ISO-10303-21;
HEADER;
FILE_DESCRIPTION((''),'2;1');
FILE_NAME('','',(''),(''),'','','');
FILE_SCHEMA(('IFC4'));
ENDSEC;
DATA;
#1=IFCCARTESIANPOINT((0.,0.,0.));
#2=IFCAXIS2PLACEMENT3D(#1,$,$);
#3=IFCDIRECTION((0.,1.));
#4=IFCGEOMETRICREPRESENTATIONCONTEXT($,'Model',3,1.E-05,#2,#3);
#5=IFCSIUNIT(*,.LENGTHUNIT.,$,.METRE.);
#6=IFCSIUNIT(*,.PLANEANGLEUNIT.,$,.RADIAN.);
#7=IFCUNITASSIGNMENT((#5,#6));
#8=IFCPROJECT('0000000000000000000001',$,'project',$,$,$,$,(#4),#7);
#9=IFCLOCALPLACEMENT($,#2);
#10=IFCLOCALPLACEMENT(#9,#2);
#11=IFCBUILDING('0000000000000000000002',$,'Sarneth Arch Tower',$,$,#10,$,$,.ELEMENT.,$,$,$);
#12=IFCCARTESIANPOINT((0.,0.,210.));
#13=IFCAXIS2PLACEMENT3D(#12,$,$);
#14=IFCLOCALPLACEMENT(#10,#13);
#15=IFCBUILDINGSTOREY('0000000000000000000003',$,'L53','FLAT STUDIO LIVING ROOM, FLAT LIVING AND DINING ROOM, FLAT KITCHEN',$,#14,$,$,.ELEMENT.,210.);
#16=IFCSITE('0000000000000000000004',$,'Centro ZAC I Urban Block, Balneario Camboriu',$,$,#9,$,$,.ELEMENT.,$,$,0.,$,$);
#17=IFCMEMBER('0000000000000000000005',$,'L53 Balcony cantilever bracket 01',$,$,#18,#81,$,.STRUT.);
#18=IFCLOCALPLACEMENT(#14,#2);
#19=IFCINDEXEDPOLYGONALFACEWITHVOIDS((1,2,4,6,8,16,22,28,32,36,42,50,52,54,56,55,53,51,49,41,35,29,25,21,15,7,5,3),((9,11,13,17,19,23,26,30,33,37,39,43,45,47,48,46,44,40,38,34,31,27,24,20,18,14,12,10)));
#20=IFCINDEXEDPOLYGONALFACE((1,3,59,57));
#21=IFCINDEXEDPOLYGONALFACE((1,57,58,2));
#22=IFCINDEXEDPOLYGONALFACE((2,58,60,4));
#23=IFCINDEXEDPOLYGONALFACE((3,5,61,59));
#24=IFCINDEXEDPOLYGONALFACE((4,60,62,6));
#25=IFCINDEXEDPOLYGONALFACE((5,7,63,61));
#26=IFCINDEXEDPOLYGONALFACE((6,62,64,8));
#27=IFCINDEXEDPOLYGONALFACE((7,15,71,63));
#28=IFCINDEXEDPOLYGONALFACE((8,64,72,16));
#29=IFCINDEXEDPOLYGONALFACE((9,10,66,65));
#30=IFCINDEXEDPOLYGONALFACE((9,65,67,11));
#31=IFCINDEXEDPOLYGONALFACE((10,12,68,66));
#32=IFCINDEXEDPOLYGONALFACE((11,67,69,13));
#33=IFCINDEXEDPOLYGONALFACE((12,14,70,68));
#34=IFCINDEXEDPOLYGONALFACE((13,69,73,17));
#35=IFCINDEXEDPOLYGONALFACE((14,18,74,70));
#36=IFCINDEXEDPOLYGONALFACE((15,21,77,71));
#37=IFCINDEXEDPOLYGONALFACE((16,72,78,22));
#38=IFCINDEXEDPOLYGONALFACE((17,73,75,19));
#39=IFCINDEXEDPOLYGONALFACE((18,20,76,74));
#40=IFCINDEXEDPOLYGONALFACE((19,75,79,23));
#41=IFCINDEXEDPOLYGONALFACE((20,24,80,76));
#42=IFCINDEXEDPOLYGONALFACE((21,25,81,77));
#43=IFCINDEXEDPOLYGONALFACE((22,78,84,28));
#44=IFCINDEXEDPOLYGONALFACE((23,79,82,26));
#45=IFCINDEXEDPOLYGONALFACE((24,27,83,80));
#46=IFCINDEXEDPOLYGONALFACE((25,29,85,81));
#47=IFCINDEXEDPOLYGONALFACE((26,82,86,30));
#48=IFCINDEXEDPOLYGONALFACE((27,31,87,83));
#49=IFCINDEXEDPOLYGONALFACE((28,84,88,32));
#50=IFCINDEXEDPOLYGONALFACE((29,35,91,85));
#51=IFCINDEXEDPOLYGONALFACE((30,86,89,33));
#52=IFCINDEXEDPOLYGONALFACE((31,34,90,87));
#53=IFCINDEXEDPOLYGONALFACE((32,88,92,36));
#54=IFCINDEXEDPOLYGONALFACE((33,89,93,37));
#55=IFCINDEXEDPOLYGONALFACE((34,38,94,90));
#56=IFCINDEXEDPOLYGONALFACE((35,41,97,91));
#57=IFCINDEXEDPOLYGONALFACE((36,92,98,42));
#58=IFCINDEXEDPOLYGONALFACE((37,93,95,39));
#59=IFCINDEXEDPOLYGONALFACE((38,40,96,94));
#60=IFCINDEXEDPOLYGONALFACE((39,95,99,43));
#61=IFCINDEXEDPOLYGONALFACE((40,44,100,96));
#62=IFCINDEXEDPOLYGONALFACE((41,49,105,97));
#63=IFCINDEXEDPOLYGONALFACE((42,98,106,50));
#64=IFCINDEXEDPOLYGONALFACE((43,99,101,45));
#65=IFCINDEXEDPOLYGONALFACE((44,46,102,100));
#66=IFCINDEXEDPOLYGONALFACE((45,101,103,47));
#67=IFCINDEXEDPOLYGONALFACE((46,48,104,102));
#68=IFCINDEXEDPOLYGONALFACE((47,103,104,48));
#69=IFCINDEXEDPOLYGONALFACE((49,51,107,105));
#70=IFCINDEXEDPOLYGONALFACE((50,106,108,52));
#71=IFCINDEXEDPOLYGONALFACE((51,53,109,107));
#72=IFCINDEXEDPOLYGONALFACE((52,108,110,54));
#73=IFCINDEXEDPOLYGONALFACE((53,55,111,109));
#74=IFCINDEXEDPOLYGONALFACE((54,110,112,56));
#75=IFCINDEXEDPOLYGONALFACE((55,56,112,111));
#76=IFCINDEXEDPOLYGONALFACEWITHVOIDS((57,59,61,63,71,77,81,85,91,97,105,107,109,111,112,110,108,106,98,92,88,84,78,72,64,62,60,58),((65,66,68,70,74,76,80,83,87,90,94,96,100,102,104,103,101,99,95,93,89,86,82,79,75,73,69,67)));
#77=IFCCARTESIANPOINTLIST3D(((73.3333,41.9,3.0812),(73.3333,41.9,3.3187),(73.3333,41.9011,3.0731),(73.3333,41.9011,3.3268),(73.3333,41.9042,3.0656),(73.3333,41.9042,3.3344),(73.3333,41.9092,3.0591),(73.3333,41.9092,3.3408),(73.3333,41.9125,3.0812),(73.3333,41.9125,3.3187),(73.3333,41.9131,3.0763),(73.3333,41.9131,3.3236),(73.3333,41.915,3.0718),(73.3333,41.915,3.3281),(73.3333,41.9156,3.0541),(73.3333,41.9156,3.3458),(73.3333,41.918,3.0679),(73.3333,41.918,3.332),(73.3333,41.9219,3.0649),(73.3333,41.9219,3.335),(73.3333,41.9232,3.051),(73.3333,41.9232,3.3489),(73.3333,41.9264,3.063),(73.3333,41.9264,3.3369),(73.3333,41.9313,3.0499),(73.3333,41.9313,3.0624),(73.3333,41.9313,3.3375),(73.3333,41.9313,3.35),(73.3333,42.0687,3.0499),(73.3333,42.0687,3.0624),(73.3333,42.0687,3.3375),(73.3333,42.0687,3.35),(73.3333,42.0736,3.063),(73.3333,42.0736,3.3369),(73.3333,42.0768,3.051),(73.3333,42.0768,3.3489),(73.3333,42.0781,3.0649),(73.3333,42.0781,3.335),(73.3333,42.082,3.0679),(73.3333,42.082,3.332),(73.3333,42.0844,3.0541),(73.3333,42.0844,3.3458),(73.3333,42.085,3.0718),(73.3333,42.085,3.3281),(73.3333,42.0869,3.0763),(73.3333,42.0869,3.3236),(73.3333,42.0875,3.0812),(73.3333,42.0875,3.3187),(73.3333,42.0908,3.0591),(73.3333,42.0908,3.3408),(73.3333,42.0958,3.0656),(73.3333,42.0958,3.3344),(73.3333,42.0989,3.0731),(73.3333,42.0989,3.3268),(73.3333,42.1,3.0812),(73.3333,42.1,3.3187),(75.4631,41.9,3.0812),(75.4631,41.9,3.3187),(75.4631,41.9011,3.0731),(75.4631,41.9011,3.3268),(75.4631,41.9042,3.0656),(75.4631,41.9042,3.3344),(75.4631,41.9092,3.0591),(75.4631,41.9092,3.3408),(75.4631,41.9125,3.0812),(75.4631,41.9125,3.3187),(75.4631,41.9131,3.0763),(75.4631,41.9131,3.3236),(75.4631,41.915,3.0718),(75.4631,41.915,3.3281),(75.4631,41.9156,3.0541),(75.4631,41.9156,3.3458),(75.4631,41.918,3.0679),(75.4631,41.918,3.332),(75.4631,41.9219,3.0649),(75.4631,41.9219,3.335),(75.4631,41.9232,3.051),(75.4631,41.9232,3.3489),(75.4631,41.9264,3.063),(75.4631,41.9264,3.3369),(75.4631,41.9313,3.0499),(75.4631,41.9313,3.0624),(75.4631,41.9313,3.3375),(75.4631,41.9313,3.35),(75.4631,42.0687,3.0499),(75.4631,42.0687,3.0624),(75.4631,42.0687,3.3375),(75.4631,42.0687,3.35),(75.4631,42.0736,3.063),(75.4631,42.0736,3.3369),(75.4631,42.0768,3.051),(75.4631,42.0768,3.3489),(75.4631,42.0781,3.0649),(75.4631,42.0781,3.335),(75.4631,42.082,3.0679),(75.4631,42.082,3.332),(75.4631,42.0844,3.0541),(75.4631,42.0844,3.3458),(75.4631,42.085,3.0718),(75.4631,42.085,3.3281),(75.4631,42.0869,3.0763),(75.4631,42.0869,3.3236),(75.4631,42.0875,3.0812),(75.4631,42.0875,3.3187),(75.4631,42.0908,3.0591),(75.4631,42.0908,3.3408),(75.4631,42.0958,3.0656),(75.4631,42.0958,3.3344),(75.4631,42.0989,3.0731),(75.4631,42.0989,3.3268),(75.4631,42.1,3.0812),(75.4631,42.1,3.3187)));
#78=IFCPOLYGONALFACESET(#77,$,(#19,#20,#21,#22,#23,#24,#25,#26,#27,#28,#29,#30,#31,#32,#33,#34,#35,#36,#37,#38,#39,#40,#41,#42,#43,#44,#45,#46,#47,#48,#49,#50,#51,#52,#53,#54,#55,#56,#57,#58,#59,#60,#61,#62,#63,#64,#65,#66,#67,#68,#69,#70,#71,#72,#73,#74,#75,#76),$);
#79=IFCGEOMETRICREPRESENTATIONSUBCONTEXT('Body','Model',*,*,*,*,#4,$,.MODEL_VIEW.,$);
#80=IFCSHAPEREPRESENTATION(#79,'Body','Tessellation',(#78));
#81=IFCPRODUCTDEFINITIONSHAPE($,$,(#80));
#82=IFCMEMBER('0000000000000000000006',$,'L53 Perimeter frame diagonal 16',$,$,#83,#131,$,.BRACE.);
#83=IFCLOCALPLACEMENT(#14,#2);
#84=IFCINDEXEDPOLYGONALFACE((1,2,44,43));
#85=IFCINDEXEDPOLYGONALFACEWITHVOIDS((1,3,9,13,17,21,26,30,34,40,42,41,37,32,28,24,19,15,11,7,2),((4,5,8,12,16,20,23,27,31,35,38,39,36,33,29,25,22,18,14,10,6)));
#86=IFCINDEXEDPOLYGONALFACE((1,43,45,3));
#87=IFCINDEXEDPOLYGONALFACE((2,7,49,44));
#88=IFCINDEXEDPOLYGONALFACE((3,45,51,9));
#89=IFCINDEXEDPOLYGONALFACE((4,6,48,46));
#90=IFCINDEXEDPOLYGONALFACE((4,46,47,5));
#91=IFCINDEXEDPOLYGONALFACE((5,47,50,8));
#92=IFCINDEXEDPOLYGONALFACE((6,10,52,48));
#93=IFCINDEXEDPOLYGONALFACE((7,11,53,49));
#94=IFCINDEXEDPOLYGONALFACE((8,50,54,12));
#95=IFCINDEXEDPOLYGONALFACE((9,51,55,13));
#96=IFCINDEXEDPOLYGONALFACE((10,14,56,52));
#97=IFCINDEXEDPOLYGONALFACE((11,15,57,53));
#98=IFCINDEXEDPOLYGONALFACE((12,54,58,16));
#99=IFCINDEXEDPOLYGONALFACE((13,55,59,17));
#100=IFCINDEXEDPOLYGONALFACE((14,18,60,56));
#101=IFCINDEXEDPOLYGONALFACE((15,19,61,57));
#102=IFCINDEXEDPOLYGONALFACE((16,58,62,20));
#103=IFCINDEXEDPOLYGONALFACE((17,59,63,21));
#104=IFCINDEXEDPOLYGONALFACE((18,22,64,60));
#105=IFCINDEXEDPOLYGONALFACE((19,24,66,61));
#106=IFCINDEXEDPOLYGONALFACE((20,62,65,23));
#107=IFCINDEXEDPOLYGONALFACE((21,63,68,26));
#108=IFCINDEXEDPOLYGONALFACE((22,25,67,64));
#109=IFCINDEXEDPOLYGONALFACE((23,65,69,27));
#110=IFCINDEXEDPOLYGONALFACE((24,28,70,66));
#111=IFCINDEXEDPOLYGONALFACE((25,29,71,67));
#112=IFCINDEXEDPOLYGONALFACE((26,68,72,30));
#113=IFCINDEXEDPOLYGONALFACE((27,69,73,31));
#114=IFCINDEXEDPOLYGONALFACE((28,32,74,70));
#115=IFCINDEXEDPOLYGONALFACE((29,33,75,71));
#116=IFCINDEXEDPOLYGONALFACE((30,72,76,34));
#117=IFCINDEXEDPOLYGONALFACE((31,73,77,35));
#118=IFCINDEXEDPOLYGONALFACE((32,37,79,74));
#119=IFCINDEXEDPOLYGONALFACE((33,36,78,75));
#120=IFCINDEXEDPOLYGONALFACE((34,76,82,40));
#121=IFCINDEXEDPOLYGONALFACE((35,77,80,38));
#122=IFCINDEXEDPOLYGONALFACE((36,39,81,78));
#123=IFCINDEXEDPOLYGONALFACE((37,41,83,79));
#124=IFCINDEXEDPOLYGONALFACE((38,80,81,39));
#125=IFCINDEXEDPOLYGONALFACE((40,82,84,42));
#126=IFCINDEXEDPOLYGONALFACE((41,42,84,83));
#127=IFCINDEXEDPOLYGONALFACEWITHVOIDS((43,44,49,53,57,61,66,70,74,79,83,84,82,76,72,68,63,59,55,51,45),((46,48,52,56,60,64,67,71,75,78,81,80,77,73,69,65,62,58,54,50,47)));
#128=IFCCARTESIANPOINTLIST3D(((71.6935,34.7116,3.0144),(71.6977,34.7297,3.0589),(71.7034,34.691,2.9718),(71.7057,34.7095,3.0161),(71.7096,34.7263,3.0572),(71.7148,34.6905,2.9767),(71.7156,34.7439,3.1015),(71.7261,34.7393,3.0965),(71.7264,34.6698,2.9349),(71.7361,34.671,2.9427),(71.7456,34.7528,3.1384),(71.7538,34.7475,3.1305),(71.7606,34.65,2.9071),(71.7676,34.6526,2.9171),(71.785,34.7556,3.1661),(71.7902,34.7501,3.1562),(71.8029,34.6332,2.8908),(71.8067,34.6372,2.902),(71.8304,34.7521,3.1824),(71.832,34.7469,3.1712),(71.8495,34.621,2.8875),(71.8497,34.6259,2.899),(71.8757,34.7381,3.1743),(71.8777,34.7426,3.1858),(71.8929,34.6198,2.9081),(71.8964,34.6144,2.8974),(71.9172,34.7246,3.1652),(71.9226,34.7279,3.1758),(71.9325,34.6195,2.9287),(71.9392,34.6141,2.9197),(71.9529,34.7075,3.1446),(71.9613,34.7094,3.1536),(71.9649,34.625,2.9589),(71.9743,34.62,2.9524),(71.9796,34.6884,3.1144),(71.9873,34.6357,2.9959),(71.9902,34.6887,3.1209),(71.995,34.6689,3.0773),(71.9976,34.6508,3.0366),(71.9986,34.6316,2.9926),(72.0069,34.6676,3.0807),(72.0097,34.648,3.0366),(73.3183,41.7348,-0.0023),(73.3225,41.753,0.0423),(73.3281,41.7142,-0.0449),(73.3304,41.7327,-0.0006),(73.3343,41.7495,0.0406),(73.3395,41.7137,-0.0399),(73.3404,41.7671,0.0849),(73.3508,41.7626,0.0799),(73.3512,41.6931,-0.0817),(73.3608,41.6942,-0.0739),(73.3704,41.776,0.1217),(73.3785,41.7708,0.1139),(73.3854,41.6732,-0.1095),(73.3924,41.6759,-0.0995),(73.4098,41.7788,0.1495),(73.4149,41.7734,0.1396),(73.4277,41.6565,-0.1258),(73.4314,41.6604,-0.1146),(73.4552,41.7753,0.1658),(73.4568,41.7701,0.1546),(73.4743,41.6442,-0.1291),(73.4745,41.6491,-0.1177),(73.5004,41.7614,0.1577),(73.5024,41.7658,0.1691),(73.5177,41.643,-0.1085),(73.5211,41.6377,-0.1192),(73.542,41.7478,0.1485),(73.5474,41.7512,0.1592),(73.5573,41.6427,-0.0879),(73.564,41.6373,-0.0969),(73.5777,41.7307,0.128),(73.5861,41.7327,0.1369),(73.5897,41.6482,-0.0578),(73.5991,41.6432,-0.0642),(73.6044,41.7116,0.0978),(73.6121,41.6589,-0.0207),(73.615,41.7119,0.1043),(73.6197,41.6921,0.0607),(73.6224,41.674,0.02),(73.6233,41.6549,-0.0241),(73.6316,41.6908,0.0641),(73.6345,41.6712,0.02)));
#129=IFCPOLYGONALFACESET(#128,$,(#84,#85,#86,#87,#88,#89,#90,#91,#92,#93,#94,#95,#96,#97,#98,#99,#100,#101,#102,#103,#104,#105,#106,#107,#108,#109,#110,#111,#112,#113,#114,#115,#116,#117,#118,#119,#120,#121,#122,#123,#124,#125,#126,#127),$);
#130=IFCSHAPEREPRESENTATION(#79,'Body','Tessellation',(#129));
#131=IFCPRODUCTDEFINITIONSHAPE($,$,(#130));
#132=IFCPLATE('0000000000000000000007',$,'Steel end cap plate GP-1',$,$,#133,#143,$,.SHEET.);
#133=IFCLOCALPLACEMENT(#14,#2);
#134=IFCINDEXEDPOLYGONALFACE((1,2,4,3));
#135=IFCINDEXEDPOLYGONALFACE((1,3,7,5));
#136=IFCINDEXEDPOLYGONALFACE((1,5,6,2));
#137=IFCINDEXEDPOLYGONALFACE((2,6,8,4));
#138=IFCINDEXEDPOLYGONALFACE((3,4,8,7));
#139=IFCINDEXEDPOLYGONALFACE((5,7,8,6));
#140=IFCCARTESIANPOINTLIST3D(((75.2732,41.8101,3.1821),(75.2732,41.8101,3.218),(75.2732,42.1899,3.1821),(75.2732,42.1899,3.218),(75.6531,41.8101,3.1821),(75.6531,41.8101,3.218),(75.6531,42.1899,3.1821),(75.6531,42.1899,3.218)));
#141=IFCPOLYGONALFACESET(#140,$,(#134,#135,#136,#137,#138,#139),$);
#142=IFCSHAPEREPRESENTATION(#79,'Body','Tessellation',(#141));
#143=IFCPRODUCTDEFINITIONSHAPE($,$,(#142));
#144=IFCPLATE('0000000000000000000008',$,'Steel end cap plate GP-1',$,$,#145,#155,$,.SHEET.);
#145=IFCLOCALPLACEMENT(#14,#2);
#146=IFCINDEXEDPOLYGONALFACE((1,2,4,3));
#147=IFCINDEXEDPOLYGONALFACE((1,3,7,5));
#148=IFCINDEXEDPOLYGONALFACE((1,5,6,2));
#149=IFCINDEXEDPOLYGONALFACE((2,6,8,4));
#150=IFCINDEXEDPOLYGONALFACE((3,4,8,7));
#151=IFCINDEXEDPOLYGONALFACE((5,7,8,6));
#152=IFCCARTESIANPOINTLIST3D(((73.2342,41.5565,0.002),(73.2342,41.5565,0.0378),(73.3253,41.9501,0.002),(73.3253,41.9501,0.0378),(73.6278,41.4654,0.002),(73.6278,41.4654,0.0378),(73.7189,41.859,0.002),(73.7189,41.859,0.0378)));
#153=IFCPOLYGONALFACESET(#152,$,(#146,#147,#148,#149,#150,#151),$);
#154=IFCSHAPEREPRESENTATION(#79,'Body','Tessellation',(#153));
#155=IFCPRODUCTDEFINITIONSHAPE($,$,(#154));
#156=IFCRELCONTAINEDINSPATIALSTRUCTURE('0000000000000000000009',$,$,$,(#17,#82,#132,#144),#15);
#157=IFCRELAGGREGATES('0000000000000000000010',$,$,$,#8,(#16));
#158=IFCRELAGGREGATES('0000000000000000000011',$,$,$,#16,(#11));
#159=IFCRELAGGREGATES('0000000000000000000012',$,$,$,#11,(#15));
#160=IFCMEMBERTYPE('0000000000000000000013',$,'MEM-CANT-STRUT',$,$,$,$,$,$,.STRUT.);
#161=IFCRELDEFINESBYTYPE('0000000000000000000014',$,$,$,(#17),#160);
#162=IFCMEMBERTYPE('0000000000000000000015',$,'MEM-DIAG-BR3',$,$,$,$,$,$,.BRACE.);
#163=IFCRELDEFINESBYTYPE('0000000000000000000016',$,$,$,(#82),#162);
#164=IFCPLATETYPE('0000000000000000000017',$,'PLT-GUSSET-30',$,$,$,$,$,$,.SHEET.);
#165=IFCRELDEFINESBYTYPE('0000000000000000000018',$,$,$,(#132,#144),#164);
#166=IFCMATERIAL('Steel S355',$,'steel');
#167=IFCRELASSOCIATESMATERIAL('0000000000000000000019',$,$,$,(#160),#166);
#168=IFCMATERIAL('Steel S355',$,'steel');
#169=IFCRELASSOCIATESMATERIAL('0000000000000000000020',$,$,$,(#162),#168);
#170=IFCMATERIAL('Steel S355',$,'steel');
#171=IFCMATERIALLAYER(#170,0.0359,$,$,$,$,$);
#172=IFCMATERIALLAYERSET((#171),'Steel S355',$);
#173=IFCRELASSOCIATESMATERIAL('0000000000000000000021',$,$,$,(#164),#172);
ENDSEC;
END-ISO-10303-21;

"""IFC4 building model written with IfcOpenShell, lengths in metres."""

from ifc_helpers import new_model, si_unit, direction, frame, origin, origin_2d, place, context, subcontext, project, spatial, rectangle, hollow_rectangle, hollow_circle, extrude, material, layer, layer_set, material_profile, profile_set, type_object, element, save


model = new_model("IFC4")

# Units and contexts
model_context = context("Model", 3, precision=1e-05, world=origin(), true_north=direction((0.0, 1.0)))
body_context = subcontext(model_context, "Body", "Model", "MODEL_VIEW")
ifc_project = project(units=[si_unit("LENGTHUNIT", "METRE"), si_unit("PLANEANGLEUNIT", "RADIAN")], contexts=[model_context])

# Site, building, storey
site_placement = place(None, origin())
site = spatial("IfcSite", under=ifc_project, at=site_placement, Name="Centro ZAC I Urban Block, Balneario Camboriu", CompositionType="ELEMENT", RefElevation=0.0)
building_placement = place(site_placement, origin())
building = spatial("IfcBuilding", under=site, at=building_placement, Name="Sarneth Arch Tower", CompositionType="ELEMENT")
storey_placement = place(building_placement, frame((0.0, 0.0, 210.0)))
storey = spatial("IfcBuildingStorey", under=building, at=storey_placement, Name="L53", Description="FLAT STUDIO LIVING ROOM, FLAT LIVING AND DINING ROOM, FLAT KITCHEN", CompositionType="ELEMENT", Elevation=210.0)

# Members
ifc_material_1 = material(Name="Steel S355", Category="steel")
ifc_material_profile_1 = material_profile(ifc_material_1, hollow_rectangle(XDim=0.2, YDim=0.3, WallThickness=0.0125, InnerFilletRadius=0.0188, OuterFilletRadius=0.0312, at=origin_2d()), Name="RHS300x200x12.5")
ifc_profile_set_1 = profile_set([ifc_material_profile_1], Name="Steel S355")
member_type_1 = type_object("IfcMemberType", Name="MEM-CANT-STRUT", PredefinedType="STRUT", material=ifc_profile_set_1)
member_1_placement = place(storey_placement, frame((73.3333, 42.0, 3.2), z_axis=(1.0, 0.0, 0.0), x_axis=(0.0, 1.0, 0.0)))
element("IfcMember", 1, at=member_1_placement, inside=storey, type_object=member_type_1, Name="L53 Balcony cantilever bracket 01", PredefinedType="STRUT", context=body_context, shape_type="SweptSolid", body=[
    extrude(hollow_rectangle(XDim=0.2, YDim=0.3, WallThickness=0.0125, InnerFilletRadius=0.0188, OuterFilletRadius=0.0312, at=origin_2d()), origin(), (0.0, 0.0, 1.0), 2.1299),
])
ifc_material_2 = material(Name="Steel S355", Category="steel")
ifc_material_profile_2 = material_profile(ifc_material_2, hollow_circle(Radius=0.1621, WallThickness=0.0125, at=origin_2d()), Name="CHS324x12.5")
ifc_profile_set_2 = profile_set([ifc_material_profile_2], Name="Steel S355")
member_type_2 = type_object("IfcMemberType", Name="MEM-DIAG-BR3", PredefinedType="BRACE", material=ifc_profile_set_2)
member_2_placement = place(storey_placement, frame((73.4766, 41.7078, 0.02), z_axis=(-0.207918, -0.898749, 0.386031), x_axis=(0.974269, -0.225389, 0.0)))
element("IfcMember", 2, at=member_2_placement, inside=storey, type_object=member_type_2, Name="L53 Perimeter frame diagonal 16", PredefinedType="BRACE", context=body_context, shape_type="SweptSolid", body=[
    extrude(hollow_circle(Radius=0.1621, WallThickness=0.0125, at=origin_2d()), origin(), (0.0, 0.0, 1.0), 7.8145),
])

# Plates
ifc_material_3 = material(Name="Steel S355", Category="steel")
ifc_layer_1 = layer(ifc_material_3, 0.0359)
ifc_layer_set_1 = layer_set([ifc_layer_1], Name="Steel S355")
plate_type = type_object("IfcPlateType", Name="PLT-GUSSET-30", PredefinedType="SHEET", material=ifc_layer_set_1)
plate_1_placement = place(storey_placement, frame((75.4631, 42.0, 3.1821), z_axis=(0.0, 0.0, 1.0), x_axis=(1.0, 0.0, 0.0)))
element("IfcPlate", 3, at=plate_1_placement, inside=storey, type_object=plate_type, Name="Steel end cap plate GP-1", PredefinedType="SHEET", context=body_context, shape_type="SweptSolid", body=[
    extrude(rectangle(XDim=0.3799, YDim=0.3799, at=origin_2d()), origin(), (0.0, 0.0, 1.0), 0.0359),
])
plate_2_placement = place(storey_placement, frame((73.4766, 41.7078, 0.002), z_axis=(0.0, 0.0, 1.0), x_axis=(0.225461, 0.974252, 0.0)))
element("IfcPlate", 4, at=plate_2_placement, inside=storey, type_object=plate_type, Name="Steel end cap plate GP-1", PredefinedType="SHEET", context=body_context, shape_type="SweptSolid", body=[
    extrude(rectangle(XDim=0.4041, YDim=0.4041, at=origin_2d()), origin(), (0.0, 0.0, 1.0), 0.0359),
])

save(model, "model.ifc")
